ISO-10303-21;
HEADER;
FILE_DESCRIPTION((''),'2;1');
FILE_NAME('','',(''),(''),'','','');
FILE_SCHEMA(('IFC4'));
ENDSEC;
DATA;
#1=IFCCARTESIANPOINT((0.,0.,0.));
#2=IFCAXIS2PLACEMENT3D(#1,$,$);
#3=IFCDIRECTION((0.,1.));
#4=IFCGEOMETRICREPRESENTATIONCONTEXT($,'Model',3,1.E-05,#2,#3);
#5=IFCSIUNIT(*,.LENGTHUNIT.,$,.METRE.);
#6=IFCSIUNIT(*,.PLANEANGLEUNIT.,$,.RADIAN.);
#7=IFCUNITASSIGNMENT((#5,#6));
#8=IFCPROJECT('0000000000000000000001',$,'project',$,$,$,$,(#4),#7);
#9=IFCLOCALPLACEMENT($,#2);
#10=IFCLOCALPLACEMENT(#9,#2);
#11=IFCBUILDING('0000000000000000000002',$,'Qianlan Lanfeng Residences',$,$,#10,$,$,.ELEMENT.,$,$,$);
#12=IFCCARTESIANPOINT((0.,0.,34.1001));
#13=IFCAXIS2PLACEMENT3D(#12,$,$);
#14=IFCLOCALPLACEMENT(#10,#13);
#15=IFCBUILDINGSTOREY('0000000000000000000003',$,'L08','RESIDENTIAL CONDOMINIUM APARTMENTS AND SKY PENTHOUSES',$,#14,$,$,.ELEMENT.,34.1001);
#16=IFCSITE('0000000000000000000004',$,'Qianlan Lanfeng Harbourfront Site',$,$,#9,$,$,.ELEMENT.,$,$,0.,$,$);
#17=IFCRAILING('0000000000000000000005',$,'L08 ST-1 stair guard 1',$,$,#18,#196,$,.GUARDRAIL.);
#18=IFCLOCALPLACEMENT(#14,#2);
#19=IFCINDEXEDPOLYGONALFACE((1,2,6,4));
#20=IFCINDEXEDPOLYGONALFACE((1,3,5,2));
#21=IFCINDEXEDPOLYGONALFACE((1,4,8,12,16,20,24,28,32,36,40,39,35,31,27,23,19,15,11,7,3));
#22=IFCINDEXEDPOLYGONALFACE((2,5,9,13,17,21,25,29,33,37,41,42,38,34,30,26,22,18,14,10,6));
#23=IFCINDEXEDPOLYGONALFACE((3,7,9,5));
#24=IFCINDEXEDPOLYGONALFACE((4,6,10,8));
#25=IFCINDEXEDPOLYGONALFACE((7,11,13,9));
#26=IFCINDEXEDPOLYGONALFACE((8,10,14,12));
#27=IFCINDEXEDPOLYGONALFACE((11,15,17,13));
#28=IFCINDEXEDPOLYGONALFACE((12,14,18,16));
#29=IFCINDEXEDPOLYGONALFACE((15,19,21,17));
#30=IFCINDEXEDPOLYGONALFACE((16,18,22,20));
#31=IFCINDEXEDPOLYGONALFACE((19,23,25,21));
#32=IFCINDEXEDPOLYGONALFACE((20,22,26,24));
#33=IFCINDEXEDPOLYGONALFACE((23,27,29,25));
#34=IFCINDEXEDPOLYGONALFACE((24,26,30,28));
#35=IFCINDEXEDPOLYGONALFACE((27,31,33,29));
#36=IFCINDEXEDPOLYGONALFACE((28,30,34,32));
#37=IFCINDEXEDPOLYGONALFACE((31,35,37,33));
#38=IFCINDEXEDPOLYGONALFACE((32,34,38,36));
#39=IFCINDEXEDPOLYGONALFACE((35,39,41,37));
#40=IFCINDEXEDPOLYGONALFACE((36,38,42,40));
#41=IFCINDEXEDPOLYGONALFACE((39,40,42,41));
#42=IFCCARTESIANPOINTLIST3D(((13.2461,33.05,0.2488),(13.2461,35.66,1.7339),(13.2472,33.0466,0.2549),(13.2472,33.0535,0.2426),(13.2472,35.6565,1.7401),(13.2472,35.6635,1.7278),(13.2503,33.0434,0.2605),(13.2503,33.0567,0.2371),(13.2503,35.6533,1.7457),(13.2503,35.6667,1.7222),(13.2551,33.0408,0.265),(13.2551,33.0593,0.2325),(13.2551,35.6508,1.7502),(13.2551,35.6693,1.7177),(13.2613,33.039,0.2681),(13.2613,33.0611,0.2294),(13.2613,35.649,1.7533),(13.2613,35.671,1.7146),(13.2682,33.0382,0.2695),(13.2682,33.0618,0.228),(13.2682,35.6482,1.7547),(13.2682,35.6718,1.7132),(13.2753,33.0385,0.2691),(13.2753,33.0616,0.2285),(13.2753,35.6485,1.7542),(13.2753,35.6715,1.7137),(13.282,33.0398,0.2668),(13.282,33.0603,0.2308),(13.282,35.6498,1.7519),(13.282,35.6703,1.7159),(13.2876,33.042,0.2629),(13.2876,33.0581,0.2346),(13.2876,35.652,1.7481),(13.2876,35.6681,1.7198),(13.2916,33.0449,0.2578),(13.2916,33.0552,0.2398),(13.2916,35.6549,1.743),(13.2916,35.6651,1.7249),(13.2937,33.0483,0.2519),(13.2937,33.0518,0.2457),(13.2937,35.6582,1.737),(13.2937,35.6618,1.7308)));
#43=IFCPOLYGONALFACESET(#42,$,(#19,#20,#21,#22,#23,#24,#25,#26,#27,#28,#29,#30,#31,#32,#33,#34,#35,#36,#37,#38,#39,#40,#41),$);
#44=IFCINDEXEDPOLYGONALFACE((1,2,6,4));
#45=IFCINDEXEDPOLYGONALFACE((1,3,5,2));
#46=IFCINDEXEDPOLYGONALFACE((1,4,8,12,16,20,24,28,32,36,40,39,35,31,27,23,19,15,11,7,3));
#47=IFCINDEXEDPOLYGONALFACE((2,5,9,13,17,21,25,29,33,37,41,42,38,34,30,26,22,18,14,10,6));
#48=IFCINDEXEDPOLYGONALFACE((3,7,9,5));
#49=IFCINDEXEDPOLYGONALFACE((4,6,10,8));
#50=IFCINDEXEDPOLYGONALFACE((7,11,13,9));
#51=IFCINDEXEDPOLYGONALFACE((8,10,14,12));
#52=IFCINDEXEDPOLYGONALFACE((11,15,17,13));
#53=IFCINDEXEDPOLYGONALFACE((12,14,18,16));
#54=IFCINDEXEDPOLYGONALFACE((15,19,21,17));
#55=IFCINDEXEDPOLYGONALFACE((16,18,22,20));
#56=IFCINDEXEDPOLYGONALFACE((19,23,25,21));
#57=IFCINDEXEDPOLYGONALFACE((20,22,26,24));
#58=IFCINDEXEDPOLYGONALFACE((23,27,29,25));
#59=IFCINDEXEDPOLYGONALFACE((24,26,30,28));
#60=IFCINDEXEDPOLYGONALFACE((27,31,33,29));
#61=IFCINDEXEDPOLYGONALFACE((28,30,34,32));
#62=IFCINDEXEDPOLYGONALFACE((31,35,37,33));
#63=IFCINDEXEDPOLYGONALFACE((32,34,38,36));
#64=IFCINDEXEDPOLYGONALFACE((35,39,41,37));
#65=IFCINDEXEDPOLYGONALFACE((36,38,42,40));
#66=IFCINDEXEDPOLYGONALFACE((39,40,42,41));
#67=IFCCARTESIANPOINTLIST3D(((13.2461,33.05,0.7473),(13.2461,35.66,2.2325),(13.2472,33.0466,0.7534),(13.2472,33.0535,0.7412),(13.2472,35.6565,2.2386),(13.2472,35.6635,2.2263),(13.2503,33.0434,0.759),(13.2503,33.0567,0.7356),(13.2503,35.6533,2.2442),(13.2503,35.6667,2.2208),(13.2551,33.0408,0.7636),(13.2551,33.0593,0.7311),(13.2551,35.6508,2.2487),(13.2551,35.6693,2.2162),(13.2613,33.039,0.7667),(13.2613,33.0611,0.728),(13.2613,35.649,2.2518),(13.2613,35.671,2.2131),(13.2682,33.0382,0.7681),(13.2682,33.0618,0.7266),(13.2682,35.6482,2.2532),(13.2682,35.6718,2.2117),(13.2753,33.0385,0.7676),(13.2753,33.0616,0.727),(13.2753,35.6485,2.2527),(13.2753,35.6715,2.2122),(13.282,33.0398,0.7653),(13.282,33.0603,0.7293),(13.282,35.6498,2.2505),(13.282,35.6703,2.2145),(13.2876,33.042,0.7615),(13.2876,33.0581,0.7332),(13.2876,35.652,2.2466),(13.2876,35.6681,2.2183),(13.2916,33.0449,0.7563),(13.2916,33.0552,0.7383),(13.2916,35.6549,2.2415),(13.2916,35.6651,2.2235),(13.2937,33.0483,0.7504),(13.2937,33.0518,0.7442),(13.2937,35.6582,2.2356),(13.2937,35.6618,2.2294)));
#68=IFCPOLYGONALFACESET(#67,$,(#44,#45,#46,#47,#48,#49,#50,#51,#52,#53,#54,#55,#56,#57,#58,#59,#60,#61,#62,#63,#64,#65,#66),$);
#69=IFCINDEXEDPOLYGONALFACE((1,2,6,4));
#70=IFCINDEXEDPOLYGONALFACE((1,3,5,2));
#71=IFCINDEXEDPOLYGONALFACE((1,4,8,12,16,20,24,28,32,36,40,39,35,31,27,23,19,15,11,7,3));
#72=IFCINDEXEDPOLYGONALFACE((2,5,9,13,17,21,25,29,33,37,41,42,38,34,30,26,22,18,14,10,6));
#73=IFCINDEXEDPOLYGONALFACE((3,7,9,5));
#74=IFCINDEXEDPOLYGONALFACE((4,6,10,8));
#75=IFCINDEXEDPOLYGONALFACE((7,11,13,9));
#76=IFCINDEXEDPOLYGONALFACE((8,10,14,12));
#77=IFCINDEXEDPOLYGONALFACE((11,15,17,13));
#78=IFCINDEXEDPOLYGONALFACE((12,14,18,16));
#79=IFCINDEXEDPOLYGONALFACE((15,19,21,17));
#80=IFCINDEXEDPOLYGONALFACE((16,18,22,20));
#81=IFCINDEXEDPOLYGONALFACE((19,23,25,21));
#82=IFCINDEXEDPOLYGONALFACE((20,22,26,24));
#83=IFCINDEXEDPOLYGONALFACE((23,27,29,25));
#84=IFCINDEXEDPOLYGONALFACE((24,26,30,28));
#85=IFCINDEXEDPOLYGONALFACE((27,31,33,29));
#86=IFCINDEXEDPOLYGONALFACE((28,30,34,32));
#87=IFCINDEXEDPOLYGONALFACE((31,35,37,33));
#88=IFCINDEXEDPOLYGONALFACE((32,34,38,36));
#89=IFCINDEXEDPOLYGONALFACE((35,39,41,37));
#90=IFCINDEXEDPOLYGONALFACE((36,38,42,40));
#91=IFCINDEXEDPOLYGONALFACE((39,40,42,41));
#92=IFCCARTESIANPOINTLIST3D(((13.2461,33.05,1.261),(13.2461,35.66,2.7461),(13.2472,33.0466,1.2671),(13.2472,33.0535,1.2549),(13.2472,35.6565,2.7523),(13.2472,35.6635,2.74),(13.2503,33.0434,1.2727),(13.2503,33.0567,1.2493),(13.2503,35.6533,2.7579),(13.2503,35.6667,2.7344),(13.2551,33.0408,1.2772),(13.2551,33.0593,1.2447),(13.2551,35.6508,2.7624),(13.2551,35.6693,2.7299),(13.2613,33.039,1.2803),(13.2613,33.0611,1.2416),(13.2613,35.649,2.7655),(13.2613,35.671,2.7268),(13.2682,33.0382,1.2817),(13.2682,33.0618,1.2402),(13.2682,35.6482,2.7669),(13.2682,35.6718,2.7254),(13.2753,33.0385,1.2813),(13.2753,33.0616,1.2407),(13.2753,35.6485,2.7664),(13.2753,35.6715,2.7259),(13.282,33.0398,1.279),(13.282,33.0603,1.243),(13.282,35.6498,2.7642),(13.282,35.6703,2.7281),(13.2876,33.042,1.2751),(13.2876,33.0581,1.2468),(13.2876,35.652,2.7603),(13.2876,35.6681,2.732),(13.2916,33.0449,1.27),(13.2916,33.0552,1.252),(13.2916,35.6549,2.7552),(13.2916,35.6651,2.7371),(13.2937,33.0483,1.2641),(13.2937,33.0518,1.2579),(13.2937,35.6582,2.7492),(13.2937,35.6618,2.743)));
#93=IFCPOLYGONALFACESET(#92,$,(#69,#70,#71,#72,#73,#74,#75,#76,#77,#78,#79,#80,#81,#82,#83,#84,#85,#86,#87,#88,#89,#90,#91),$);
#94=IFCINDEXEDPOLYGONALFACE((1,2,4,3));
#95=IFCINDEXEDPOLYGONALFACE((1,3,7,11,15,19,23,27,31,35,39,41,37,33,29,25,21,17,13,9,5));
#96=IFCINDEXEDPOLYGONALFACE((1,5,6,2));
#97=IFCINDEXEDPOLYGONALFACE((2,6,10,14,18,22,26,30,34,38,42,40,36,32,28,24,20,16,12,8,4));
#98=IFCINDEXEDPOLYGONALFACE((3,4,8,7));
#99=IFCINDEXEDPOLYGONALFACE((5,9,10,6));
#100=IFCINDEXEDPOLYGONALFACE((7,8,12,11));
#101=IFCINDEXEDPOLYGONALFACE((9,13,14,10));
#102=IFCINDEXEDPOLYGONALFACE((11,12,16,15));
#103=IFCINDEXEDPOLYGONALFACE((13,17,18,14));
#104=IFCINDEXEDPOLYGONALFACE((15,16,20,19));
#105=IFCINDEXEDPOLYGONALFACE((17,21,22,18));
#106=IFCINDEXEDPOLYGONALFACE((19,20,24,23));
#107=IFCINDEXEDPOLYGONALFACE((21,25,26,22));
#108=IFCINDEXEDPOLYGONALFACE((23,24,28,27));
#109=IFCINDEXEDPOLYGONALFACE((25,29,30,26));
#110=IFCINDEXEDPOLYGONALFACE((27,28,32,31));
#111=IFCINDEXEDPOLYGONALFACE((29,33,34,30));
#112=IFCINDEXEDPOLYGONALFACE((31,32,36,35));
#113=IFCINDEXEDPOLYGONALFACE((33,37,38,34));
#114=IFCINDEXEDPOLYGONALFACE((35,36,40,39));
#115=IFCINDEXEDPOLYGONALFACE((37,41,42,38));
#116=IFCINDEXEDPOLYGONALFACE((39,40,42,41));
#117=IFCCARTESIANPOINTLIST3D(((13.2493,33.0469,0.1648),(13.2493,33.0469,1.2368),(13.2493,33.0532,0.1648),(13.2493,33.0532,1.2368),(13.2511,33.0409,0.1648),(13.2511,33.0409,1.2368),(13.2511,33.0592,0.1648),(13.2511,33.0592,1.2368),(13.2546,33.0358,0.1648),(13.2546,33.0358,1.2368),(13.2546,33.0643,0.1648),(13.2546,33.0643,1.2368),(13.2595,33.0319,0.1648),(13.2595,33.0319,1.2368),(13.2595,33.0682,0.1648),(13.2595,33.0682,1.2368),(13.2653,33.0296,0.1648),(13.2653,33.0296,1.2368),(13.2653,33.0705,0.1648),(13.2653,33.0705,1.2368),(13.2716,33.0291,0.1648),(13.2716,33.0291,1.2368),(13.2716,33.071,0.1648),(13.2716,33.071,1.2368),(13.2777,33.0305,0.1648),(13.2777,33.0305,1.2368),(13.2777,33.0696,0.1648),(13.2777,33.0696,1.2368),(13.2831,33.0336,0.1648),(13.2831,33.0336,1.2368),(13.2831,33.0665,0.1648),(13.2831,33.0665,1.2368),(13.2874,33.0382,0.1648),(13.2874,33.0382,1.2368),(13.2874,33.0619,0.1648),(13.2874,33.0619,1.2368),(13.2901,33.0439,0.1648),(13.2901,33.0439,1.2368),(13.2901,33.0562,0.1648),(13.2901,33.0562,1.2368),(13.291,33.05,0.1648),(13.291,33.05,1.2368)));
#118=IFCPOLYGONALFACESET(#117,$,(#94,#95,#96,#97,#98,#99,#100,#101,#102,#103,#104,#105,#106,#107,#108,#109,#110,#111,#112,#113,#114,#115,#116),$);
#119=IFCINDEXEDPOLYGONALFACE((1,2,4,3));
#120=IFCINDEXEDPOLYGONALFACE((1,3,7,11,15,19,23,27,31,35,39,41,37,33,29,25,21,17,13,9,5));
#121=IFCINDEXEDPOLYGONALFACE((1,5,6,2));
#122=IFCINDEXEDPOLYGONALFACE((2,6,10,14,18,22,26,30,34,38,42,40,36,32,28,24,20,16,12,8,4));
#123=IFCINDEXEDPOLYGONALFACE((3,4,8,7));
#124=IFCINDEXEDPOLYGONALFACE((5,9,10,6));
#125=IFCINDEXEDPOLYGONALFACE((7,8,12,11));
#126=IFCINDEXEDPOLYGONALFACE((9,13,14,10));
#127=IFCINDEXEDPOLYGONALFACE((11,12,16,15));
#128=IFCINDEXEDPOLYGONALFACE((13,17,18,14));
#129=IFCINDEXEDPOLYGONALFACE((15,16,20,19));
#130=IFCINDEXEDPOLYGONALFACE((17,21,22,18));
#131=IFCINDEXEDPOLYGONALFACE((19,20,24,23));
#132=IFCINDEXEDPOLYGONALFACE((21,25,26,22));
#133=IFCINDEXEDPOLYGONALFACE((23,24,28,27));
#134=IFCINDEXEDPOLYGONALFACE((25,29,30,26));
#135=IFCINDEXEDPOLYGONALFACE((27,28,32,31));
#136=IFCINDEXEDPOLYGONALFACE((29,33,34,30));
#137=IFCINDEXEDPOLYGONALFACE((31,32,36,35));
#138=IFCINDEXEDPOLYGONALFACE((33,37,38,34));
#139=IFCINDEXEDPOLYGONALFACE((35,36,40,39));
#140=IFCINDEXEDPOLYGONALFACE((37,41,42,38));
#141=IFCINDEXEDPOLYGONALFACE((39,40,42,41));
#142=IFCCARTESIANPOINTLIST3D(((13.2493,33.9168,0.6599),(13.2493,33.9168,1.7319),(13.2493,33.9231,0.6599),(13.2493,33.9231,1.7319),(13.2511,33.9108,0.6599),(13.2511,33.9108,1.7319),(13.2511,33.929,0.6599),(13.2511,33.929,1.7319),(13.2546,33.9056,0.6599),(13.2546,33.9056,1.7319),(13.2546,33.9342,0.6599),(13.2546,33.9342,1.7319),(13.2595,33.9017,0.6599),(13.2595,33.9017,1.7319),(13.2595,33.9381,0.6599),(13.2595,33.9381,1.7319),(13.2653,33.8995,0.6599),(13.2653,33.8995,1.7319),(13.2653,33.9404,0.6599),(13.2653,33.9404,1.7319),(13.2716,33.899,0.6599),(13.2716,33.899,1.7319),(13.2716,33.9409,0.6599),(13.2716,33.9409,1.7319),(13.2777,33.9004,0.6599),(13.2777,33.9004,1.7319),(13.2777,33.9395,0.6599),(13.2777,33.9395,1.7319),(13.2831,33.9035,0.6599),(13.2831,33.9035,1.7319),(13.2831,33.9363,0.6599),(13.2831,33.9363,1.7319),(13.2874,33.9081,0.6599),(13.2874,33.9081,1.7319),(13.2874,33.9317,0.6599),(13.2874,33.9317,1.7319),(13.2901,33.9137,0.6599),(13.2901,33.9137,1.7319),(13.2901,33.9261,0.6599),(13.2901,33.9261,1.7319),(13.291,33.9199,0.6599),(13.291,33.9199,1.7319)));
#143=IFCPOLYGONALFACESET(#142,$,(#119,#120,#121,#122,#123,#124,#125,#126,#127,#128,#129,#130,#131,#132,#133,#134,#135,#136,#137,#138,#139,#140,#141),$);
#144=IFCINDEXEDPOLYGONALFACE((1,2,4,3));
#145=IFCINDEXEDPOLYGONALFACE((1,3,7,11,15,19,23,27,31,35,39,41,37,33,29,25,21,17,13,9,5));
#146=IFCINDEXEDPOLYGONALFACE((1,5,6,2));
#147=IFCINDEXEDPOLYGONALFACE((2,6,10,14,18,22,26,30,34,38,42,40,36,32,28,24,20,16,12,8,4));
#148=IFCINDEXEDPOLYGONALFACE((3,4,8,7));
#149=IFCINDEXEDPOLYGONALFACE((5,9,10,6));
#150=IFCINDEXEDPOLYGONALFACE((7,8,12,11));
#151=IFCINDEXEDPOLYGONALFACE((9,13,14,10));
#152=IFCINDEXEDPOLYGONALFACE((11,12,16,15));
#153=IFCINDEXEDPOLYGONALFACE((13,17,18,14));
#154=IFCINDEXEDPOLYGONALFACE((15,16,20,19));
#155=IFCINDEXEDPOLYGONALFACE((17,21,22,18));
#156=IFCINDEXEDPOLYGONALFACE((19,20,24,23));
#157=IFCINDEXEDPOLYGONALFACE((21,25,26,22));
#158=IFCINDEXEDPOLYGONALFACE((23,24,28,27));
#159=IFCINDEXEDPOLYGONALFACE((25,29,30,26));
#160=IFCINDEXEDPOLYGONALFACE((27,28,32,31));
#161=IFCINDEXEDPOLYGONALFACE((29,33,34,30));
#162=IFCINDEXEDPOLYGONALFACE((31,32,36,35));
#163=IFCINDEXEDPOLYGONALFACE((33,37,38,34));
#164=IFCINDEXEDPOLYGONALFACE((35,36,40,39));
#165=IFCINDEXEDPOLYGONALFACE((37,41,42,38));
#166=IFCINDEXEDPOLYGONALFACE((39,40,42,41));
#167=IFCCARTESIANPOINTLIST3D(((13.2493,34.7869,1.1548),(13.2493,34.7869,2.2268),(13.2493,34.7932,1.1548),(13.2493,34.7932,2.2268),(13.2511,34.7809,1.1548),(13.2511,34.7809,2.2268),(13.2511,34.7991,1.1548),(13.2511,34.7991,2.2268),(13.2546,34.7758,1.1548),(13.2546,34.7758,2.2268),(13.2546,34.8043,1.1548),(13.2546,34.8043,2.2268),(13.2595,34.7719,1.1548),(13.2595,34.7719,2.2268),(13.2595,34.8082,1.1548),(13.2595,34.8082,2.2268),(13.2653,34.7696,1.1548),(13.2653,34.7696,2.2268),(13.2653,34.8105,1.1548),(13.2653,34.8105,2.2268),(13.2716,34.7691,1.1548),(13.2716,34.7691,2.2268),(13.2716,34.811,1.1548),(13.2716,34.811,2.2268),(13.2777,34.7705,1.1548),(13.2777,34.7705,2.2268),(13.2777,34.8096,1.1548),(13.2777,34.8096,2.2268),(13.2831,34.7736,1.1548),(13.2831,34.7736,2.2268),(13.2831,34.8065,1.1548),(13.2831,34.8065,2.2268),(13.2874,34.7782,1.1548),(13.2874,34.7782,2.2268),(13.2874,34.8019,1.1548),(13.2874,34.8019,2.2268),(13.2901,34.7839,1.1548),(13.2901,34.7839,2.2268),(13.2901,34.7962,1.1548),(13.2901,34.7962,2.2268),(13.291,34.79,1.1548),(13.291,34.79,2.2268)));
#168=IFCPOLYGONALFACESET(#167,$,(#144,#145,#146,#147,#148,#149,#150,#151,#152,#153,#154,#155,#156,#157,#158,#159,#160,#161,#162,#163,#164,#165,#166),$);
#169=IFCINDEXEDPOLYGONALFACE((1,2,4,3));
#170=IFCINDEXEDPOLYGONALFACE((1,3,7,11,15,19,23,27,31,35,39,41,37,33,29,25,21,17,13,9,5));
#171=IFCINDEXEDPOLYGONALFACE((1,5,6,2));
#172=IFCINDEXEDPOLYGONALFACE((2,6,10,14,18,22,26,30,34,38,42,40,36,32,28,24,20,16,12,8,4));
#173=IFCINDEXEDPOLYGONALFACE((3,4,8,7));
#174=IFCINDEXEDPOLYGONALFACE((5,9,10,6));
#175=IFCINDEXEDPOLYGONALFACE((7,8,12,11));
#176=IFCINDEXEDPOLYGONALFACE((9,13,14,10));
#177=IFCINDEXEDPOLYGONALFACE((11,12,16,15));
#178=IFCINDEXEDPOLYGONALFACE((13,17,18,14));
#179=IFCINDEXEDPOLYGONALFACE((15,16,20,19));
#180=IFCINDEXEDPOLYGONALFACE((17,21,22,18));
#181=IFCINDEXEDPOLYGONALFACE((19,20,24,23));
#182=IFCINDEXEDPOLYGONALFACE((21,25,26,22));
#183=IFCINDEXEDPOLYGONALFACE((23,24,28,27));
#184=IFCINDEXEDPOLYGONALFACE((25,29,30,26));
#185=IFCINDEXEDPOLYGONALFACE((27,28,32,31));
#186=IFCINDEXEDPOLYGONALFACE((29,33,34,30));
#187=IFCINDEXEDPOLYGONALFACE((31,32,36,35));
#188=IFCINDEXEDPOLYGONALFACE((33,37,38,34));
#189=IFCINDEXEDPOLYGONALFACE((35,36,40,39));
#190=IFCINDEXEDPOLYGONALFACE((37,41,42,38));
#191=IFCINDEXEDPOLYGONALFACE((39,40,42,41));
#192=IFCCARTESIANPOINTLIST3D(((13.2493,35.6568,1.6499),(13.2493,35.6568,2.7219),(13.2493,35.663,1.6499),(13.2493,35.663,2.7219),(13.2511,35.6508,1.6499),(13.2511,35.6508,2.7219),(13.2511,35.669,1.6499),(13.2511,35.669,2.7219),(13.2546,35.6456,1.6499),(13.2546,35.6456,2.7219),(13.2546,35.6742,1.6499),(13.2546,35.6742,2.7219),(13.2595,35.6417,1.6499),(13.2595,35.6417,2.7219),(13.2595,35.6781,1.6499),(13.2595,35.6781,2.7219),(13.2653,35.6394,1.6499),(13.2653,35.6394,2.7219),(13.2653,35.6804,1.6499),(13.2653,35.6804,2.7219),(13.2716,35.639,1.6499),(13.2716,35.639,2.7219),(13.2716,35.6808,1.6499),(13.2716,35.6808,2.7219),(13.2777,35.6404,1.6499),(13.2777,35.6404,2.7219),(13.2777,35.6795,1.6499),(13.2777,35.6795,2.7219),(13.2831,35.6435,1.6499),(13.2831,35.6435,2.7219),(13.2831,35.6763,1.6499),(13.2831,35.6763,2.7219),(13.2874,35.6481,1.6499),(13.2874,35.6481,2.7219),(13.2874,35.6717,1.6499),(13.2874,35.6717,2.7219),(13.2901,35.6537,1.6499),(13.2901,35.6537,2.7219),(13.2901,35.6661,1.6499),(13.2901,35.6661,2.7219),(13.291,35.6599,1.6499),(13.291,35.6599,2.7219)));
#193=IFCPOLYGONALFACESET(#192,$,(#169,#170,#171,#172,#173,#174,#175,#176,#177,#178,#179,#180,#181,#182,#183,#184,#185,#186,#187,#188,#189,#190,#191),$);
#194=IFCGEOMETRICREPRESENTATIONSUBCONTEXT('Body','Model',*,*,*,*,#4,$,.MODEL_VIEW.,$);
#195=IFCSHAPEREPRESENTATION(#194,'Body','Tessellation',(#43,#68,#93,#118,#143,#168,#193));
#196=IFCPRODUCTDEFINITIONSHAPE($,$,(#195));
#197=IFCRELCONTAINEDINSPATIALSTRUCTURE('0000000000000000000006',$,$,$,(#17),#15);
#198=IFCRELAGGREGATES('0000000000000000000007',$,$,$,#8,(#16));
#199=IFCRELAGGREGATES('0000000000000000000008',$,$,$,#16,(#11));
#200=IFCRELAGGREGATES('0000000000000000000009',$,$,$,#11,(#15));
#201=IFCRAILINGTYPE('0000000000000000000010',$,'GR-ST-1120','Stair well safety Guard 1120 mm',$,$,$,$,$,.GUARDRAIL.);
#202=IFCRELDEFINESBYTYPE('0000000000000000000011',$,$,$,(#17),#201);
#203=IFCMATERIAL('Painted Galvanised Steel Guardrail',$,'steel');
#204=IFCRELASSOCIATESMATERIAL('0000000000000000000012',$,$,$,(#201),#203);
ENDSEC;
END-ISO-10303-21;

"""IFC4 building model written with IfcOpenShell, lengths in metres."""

from ifc_helpers import new_model, si_unit, direction, frame, origin, origin_2d, place, context, subcontext, project, spatial, circle, extrude, material, type_object, element, save


model = new_model("IFC4")

# Units and contexts
model_context = context("Model", 3, precision=1e-05, world=origin(), true_north=direction((0.0, 1.0)))
body_context = subcontext(model_context, "Body", "Model", "MODEL_VIEW")
ifc_project = project(units=[si_unit("LENGTHUNIT", "METRE"), si_unit("PLANEANGLEUNIT", "RADIAN")], contexts=[model_context])

# Site, building, storey
site_placement = place(None, origin())
site = spatial("IfcSite", under=ifc_project, at=site_placement, Name="Qianlan Lanfeng Harbourfront Site", CompositionType="ELEMENT", RefElevation=0.0)
building_placement = place(site_placement, origin())
building = spatial("IfcBuilding", under=site, at=building_placement, Name="Qianlan Lanfeng Residences", CompositionType="ELEMENT")
storey_placement = place(building_placement, frame((0.0, 0.0, 34.1001)))
storey = spatial("IfcBuildingStorey", under=building, at=storey_placement, Name="L08", Description="RESIDENTIAL CONDOMINIUM APARTMENTS AND SKY PENTHOUSES", CompositionType="ELEMENT", Elevation=34.1001)

# Railing
ifc_material_1 = material(Name="Painted Galvanised Steel Guardrail", Category="steel")
railing_type_1 = type_object("IfcRailingType", Name="GR-ST-1120", Description="Stair well safety Guard 1120 mm", PredefinedType="GUARDRAIL", material=ifc_material_1)
railing_1_placement = place(storey_placement, frame((13.27, 33.05, 0.1648)))
element("IfcRailing", 1, at=railing_1_placement, inside=storey, type_object=railing_type_1, Name="L08 ST-1 stair guard 1", PredefinedType="GUARDRAIL", context=body_context, shape_type="SweptSolid", body=[
    extrude(circle(Radius=0.0239, at=origin_2d()), frame((0.0, 0.0, 0.084), z_axis=(0.0, 0.869137, 0.494571), x_axis=(-1.0, 0.0, 0.0)), (0.0, 0.0, 1.0), 3.0029),
    extrude(circle(Radius=0.0239, at=origin_2d()), frame((0.0, 0.0, 0.5825), z_axis=(0.0, 0.869137, 0.494571), x_axis=(-1.0, 0.0, 0.0)), (0.0, 0.0, 1.0), 3.0029),
    extrude(circle(Radius=0.0239, at=origin_2d()), frame((0.0, 0.0, 1.0962), z_axis=(0.0, 0.869137, 0.494571), x_axis=(-1.0, 0.0, 0.0)), (0.0, 0.0, 1.0), 3.0029),
    extrude(circle(Radius=0.021, at=origin_2d()), origin(), (0.0, 0.0, 1.0), 1.072),
    extrude(circle(Radius=0.021, at=origin_2d()), frame((0.0, 0.8699, 0.4951)), (0.0, 0.0, 1.0), 1.072),
    extrude(circle(Radius=0.021, at=origin_2d()), frame((0.0, 1.74, 0.99)), (0.0, 0.0, 1.0), 1.072),
    extrude(circle(Radius=0.021, at=origin_2d()), frame((0.0, 2.6099, 1.4851)), (0.0, 0.0, 1.0), 1.072),
])

save(model, "model.ifc")
